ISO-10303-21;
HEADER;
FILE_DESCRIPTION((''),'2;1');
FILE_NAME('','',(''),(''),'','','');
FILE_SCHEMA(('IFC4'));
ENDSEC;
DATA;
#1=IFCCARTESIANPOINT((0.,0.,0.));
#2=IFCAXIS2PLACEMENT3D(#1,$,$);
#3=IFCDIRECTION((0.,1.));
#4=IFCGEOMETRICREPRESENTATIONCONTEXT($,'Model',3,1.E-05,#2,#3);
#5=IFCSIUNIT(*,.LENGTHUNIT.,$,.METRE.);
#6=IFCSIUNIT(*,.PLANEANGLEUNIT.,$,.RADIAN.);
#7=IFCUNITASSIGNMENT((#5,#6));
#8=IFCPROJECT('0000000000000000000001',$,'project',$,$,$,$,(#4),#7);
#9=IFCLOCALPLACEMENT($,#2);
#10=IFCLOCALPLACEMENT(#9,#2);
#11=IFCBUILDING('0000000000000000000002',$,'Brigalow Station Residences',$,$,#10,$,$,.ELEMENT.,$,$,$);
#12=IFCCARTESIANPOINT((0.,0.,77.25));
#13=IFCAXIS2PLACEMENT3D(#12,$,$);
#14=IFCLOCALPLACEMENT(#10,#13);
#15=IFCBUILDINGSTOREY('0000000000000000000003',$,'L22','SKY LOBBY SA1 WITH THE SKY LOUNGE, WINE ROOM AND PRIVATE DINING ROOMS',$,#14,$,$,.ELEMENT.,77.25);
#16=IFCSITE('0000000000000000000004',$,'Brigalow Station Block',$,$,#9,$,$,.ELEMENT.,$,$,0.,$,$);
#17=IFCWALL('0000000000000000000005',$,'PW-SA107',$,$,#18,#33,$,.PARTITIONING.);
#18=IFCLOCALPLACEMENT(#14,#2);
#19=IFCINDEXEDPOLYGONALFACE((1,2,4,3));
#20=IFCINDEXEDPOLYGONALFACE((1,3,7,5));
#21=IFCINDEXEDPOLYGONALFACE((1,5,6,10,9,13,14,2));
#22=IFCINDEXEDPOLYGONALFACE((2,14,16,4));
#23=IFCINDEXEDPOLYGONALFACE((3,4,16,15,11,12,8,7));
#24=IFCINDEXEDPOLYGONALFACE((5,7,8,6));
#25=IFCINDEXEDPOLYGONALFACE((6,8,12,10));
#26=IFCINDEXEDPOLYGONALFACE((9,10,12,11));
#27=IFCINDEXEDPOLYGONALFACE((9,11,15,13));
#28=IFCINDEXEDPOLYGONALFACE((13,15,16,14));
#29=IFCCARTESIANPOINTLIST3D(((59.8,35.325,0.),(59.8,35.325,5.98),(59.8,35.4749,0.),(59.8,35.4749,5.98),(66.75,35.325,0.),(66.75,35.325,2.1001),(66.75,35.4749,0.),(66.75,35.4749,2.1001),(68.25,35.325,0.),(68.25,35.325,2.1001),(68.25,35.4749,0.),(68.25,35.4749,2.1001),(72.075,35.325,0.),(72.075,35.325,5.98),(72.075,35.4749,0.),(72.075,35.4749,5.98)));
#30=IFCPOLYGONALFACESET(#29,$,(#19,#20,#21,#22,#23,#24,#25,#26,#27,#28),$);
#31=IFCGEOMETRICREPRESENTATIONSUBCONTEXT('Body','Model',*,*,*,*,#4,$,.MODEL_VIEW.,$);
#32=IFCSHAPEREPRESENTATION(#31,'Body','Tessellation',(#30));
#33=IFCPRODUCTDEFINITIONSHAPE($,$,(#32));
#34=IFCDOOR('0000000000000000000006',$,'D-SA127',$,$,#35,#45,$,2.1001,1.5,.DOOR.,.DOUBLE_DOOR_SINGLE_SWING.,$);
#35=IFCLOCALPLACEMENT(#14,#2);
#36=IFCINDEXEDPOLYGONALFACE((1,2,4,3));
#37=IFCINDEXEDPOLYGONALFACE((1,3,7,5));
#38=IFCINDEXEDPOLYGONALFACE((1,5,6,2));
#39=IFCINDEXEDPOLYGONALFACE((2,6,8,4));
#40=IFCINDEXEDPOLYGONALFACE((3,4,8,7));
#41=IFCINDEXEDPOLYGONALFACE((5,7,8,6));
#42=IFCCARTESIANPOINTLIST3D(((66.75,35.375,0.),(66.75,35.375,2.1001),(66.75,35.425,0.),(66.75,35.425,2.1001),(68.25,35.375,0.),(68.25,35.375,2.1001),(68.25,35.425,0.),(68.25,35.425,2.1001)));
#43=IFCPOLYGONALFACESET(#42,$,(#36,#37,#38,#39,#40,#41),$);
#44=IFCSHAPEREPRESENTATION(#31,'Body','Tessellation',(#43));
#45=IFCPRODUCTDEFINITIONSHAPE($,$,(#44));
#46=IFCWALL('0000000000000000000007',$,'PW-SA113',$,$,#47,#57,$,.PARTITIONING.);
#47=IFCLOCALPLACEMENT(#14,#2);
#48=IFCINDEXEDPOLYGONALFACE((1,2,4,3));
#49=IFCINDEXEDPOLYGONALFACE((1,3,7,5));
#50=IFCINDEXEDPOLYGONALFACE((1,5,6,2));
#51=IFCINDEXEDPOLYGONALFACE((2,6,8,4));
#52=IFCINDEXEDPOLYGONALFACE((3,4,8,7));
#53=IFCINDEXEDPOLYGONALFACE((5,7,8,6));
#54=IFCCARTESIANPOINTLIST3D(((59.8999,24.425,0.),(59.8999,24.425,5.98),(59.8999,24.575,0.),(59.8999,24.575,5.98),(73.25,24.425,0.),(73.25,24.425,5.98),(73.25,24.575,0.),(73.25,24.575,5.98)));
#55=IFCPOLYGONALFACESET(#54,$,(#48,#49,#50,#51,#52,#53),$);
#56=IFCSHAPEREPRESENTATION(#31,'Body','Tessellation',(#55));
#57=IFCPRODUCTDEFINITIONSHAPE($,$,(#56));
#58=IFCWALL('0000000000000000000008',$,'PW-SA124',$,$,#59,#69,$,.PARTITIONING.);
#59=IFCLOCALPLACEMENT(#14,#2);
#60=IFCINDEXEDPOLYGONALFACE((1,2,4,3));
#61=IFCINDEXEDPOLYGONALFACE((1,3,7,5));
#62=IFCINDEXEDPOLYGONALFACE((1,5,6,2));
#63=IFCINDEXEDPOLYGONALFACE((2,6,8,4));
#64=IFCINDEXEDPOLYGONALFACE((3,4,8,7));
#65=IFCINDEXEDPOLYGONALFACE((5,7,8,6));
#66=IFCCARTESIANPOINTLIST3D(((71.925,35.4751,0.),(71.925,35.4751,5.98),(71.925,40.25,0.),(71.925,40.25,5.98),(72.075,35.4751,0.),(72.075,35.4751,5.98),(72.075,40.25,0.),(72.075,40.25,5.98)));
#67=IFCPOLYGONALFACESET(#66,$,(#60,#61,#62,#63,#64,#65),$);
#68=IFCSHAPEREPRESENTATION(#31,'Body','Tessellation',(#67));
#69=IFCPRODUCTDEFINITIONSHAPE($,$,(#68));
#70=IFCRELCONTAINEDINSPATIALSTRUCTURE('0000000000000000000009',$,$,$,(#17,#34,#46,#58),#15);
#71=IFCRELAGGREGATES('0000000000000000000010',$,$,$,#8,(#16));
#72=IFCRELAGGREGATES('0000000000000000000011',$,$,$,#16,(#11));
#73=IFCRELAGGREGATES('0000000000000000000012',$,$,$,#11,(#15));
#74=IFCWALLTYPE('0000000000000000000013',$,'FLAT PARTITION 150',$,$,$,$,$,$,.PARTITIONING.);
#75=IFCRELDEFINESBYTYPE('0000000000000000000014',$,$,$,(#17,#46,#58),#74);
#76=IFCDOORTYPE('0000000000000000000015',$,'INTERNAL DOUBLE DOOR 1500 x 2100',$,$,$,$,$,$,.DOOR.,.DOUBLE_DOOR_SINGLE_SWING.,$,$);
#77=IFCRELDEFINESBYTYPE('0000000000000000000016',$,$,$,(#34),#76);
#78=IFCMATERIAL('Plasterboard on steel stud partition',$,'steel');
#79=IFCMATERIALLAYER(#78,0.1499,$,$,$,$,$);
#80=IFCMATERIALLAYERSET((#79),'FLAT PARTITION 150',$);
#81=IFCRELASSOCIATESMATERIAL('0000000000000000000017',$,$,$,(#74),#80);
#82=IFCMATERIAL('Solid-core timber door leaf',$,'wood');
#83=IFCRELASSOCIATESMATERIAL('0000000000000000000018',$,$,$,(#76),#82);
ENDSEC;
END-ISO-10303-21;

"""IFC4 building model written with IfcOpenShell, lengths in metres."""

from ifc_helpers import new_model, si_unit, direction, frame, frame_2d, origin, place, context, subcontext, project, spatial, rectangle, extrude, material, layer, layer_set, type_object, element, fill, save


model = new_model("IFC4")

# Units and contexts
model_context = context("Model", 3, precision=1e-05, world=origin(), true_north=direction((0.0, 1.0)))
body_context = subcontext(model_context, "Body", "Model", "MODEL_VIEW")
ifc_project = project(units=[si_unit("LENGTHUNIT", "METRE"), si_unit("PLANEANGLEUNIT", "RADIAN")], contexts=[model_context])

# Site, building, storey
site_placement = place(None, origin())
site = spatial("IfcSite", under=ifc_project, at=site_placement, Name="Brigalow Station Block", CompositionType="ELEMENT", RefElevation=0.0)
building_placement = place(site_placement, origin())
building = spatial("IfcBuilding", under=site, at=building_placement, Name="Brigalow Station Residences", CompositionType="ELEMENT")
storey_placement = place(building_placement, frame((0.0, 0.0, 77.25)))
storey = spatial("IfcBuildingStorey", under=building, at=storey_placement, Name="L22", Description="SKY LOBBY SA1 WITH THE SKY LOUNGE, WINE ROOM AND PRIVATE DINING ROOMS", CompositionType="ELEMENT", Elevation=77.25)

# Wall, opening, door
ifc_material_1 = material(Name="Plasterboard on steel stud partition", Category="steel")
ifc_layer_1 = layer(ifc_material_1, 0.1499)
ifc_layer_set_1 = layer_set([ifc_layer_1], Name="FLAT PARTITION 150")
wall_type_1 = type_object("IfcWallType", Name="FLAT PARTITION 150", PredefinedType="PARTITIONING", material=ifc_layer_set_1)
wall_1_placement = place(storey_placement, frame((59.8, 35.3999, 0.0), z_axis=(0.0, 0.0, 1.0), x_axis=(1.0, 0.0, 0.0)))
wall_1 = element("IfcWall", 1, at=wall_1_placement, inside=storey, type_object=wall_type_1, Name="PW-SA107", PredefinedType="PARTITIONING", context=body_context, shape_type="SweptSolid", body=[
    extrude(rectangle(XDim=12.2749, YDim=0.1499, at=frame_2d((6.1375, 0.0))), origin(), (0.0, 0.0, 1.0), 5.98),
])
opening_placement = place(wall_1_placement, frame((6.95, 0.0, 0.0)))
opening = element("IfcOpeningElement", 2, at=opening_placement, cuts=wall_1, PredefinedType="OPENING", context=body_context, shape_type="SweptSolid", body=[
    extrude(rectangle(XDim=1.5, YDim=2.1001, at=frame_2d((0.75, 1.05))), frame((0.0, 0.085, 0.0), z_axis=(0.0, -1.0, 0.0), x_axis=(1.0, 0.0, 0.0)), (0.0, 0.0, 1.0), 0.1699),
])
ifc_material_2 = material(Name="Solid-core timber door leaf", Category="wood")
door_type = type_object("IfcDoorType", Name="INTERNAL DOUBLE DOOR 1500 x 2100", OperationType="DOUBLE_DOOR_SINGLE_SWING", PredefinedType="DOOR", material=ifc_material_2)
door_placement = place(opening_placement, frame((1.5, 0.0, 0.0), z_axis=(0.0, 0.0, 1.0), x_axis=(-1.0, 0.0, 0.0)))
door = element("IfcDoor", 3, at=door_placement, inside=storey, type_object=door_type, Name="D-SA127", OperationType="DOUBLE_DOOR_SINGLE_SWING", OverallHeight=2.1001, OverallWidth=1.5, PredefinedType="DOOR", context=body_context, shape_type="SweptSolid", body=[
    extrude(rectangle(XDim=1.5, YDim=2.1001, at=frame_2d((0.75, 1.05))), frame((0.0, 0.0249, 0.0), z_axis=(0.0, -1.0, 0.0), x_axis=(1.0, 0.0, 0.0)), (0.0, 0.0, 1.0), 0.05),
])
fill(opening, door)

# Walls
wall_2_placement = place(storey_placement, frame((59.8999, 24.5, 0.0), z_axis=(0.0, 0.0, 1.0), x_axis=(1.0, 0.0, 0.0)))
element("IfcWall", 4, at=wall_2_placement, inside=storey, type_object=wall_type_1, Name="PW-SA113", PredefinedType="PARTITIONING", context=body_context, shape_type="SweptSolid", body=[
    extrude(rectangle(XDim=13.3501, YDim=0.1499, at=frame_2d((6.675, 0.0))), origin(), (0.0, 0.0, 1.0), 5.98),
])
wall_3_placement = place(storey_placement, frame((72.0, 35.4751, 0.0), z_axis=(0.0, 0.0, 1.0), x_axis=(0.0, 1.0, 0.0)))
element("IfcWall", 5, at=wall_3_placement, inside=storey, type_object=wall_type_1, Name="PW-SA124", PredefinedType="PARTITIONING", context=body_context, shape_type="SweptSolid", body=[
    extrude(rectangle(XDim=4.7749, YDim=0.1499, at=frame_2d((2.3875, 0.0))), origin(), (0.0, 0.0, 1.0), 5.98),
])

save(model, "model.ifc")
